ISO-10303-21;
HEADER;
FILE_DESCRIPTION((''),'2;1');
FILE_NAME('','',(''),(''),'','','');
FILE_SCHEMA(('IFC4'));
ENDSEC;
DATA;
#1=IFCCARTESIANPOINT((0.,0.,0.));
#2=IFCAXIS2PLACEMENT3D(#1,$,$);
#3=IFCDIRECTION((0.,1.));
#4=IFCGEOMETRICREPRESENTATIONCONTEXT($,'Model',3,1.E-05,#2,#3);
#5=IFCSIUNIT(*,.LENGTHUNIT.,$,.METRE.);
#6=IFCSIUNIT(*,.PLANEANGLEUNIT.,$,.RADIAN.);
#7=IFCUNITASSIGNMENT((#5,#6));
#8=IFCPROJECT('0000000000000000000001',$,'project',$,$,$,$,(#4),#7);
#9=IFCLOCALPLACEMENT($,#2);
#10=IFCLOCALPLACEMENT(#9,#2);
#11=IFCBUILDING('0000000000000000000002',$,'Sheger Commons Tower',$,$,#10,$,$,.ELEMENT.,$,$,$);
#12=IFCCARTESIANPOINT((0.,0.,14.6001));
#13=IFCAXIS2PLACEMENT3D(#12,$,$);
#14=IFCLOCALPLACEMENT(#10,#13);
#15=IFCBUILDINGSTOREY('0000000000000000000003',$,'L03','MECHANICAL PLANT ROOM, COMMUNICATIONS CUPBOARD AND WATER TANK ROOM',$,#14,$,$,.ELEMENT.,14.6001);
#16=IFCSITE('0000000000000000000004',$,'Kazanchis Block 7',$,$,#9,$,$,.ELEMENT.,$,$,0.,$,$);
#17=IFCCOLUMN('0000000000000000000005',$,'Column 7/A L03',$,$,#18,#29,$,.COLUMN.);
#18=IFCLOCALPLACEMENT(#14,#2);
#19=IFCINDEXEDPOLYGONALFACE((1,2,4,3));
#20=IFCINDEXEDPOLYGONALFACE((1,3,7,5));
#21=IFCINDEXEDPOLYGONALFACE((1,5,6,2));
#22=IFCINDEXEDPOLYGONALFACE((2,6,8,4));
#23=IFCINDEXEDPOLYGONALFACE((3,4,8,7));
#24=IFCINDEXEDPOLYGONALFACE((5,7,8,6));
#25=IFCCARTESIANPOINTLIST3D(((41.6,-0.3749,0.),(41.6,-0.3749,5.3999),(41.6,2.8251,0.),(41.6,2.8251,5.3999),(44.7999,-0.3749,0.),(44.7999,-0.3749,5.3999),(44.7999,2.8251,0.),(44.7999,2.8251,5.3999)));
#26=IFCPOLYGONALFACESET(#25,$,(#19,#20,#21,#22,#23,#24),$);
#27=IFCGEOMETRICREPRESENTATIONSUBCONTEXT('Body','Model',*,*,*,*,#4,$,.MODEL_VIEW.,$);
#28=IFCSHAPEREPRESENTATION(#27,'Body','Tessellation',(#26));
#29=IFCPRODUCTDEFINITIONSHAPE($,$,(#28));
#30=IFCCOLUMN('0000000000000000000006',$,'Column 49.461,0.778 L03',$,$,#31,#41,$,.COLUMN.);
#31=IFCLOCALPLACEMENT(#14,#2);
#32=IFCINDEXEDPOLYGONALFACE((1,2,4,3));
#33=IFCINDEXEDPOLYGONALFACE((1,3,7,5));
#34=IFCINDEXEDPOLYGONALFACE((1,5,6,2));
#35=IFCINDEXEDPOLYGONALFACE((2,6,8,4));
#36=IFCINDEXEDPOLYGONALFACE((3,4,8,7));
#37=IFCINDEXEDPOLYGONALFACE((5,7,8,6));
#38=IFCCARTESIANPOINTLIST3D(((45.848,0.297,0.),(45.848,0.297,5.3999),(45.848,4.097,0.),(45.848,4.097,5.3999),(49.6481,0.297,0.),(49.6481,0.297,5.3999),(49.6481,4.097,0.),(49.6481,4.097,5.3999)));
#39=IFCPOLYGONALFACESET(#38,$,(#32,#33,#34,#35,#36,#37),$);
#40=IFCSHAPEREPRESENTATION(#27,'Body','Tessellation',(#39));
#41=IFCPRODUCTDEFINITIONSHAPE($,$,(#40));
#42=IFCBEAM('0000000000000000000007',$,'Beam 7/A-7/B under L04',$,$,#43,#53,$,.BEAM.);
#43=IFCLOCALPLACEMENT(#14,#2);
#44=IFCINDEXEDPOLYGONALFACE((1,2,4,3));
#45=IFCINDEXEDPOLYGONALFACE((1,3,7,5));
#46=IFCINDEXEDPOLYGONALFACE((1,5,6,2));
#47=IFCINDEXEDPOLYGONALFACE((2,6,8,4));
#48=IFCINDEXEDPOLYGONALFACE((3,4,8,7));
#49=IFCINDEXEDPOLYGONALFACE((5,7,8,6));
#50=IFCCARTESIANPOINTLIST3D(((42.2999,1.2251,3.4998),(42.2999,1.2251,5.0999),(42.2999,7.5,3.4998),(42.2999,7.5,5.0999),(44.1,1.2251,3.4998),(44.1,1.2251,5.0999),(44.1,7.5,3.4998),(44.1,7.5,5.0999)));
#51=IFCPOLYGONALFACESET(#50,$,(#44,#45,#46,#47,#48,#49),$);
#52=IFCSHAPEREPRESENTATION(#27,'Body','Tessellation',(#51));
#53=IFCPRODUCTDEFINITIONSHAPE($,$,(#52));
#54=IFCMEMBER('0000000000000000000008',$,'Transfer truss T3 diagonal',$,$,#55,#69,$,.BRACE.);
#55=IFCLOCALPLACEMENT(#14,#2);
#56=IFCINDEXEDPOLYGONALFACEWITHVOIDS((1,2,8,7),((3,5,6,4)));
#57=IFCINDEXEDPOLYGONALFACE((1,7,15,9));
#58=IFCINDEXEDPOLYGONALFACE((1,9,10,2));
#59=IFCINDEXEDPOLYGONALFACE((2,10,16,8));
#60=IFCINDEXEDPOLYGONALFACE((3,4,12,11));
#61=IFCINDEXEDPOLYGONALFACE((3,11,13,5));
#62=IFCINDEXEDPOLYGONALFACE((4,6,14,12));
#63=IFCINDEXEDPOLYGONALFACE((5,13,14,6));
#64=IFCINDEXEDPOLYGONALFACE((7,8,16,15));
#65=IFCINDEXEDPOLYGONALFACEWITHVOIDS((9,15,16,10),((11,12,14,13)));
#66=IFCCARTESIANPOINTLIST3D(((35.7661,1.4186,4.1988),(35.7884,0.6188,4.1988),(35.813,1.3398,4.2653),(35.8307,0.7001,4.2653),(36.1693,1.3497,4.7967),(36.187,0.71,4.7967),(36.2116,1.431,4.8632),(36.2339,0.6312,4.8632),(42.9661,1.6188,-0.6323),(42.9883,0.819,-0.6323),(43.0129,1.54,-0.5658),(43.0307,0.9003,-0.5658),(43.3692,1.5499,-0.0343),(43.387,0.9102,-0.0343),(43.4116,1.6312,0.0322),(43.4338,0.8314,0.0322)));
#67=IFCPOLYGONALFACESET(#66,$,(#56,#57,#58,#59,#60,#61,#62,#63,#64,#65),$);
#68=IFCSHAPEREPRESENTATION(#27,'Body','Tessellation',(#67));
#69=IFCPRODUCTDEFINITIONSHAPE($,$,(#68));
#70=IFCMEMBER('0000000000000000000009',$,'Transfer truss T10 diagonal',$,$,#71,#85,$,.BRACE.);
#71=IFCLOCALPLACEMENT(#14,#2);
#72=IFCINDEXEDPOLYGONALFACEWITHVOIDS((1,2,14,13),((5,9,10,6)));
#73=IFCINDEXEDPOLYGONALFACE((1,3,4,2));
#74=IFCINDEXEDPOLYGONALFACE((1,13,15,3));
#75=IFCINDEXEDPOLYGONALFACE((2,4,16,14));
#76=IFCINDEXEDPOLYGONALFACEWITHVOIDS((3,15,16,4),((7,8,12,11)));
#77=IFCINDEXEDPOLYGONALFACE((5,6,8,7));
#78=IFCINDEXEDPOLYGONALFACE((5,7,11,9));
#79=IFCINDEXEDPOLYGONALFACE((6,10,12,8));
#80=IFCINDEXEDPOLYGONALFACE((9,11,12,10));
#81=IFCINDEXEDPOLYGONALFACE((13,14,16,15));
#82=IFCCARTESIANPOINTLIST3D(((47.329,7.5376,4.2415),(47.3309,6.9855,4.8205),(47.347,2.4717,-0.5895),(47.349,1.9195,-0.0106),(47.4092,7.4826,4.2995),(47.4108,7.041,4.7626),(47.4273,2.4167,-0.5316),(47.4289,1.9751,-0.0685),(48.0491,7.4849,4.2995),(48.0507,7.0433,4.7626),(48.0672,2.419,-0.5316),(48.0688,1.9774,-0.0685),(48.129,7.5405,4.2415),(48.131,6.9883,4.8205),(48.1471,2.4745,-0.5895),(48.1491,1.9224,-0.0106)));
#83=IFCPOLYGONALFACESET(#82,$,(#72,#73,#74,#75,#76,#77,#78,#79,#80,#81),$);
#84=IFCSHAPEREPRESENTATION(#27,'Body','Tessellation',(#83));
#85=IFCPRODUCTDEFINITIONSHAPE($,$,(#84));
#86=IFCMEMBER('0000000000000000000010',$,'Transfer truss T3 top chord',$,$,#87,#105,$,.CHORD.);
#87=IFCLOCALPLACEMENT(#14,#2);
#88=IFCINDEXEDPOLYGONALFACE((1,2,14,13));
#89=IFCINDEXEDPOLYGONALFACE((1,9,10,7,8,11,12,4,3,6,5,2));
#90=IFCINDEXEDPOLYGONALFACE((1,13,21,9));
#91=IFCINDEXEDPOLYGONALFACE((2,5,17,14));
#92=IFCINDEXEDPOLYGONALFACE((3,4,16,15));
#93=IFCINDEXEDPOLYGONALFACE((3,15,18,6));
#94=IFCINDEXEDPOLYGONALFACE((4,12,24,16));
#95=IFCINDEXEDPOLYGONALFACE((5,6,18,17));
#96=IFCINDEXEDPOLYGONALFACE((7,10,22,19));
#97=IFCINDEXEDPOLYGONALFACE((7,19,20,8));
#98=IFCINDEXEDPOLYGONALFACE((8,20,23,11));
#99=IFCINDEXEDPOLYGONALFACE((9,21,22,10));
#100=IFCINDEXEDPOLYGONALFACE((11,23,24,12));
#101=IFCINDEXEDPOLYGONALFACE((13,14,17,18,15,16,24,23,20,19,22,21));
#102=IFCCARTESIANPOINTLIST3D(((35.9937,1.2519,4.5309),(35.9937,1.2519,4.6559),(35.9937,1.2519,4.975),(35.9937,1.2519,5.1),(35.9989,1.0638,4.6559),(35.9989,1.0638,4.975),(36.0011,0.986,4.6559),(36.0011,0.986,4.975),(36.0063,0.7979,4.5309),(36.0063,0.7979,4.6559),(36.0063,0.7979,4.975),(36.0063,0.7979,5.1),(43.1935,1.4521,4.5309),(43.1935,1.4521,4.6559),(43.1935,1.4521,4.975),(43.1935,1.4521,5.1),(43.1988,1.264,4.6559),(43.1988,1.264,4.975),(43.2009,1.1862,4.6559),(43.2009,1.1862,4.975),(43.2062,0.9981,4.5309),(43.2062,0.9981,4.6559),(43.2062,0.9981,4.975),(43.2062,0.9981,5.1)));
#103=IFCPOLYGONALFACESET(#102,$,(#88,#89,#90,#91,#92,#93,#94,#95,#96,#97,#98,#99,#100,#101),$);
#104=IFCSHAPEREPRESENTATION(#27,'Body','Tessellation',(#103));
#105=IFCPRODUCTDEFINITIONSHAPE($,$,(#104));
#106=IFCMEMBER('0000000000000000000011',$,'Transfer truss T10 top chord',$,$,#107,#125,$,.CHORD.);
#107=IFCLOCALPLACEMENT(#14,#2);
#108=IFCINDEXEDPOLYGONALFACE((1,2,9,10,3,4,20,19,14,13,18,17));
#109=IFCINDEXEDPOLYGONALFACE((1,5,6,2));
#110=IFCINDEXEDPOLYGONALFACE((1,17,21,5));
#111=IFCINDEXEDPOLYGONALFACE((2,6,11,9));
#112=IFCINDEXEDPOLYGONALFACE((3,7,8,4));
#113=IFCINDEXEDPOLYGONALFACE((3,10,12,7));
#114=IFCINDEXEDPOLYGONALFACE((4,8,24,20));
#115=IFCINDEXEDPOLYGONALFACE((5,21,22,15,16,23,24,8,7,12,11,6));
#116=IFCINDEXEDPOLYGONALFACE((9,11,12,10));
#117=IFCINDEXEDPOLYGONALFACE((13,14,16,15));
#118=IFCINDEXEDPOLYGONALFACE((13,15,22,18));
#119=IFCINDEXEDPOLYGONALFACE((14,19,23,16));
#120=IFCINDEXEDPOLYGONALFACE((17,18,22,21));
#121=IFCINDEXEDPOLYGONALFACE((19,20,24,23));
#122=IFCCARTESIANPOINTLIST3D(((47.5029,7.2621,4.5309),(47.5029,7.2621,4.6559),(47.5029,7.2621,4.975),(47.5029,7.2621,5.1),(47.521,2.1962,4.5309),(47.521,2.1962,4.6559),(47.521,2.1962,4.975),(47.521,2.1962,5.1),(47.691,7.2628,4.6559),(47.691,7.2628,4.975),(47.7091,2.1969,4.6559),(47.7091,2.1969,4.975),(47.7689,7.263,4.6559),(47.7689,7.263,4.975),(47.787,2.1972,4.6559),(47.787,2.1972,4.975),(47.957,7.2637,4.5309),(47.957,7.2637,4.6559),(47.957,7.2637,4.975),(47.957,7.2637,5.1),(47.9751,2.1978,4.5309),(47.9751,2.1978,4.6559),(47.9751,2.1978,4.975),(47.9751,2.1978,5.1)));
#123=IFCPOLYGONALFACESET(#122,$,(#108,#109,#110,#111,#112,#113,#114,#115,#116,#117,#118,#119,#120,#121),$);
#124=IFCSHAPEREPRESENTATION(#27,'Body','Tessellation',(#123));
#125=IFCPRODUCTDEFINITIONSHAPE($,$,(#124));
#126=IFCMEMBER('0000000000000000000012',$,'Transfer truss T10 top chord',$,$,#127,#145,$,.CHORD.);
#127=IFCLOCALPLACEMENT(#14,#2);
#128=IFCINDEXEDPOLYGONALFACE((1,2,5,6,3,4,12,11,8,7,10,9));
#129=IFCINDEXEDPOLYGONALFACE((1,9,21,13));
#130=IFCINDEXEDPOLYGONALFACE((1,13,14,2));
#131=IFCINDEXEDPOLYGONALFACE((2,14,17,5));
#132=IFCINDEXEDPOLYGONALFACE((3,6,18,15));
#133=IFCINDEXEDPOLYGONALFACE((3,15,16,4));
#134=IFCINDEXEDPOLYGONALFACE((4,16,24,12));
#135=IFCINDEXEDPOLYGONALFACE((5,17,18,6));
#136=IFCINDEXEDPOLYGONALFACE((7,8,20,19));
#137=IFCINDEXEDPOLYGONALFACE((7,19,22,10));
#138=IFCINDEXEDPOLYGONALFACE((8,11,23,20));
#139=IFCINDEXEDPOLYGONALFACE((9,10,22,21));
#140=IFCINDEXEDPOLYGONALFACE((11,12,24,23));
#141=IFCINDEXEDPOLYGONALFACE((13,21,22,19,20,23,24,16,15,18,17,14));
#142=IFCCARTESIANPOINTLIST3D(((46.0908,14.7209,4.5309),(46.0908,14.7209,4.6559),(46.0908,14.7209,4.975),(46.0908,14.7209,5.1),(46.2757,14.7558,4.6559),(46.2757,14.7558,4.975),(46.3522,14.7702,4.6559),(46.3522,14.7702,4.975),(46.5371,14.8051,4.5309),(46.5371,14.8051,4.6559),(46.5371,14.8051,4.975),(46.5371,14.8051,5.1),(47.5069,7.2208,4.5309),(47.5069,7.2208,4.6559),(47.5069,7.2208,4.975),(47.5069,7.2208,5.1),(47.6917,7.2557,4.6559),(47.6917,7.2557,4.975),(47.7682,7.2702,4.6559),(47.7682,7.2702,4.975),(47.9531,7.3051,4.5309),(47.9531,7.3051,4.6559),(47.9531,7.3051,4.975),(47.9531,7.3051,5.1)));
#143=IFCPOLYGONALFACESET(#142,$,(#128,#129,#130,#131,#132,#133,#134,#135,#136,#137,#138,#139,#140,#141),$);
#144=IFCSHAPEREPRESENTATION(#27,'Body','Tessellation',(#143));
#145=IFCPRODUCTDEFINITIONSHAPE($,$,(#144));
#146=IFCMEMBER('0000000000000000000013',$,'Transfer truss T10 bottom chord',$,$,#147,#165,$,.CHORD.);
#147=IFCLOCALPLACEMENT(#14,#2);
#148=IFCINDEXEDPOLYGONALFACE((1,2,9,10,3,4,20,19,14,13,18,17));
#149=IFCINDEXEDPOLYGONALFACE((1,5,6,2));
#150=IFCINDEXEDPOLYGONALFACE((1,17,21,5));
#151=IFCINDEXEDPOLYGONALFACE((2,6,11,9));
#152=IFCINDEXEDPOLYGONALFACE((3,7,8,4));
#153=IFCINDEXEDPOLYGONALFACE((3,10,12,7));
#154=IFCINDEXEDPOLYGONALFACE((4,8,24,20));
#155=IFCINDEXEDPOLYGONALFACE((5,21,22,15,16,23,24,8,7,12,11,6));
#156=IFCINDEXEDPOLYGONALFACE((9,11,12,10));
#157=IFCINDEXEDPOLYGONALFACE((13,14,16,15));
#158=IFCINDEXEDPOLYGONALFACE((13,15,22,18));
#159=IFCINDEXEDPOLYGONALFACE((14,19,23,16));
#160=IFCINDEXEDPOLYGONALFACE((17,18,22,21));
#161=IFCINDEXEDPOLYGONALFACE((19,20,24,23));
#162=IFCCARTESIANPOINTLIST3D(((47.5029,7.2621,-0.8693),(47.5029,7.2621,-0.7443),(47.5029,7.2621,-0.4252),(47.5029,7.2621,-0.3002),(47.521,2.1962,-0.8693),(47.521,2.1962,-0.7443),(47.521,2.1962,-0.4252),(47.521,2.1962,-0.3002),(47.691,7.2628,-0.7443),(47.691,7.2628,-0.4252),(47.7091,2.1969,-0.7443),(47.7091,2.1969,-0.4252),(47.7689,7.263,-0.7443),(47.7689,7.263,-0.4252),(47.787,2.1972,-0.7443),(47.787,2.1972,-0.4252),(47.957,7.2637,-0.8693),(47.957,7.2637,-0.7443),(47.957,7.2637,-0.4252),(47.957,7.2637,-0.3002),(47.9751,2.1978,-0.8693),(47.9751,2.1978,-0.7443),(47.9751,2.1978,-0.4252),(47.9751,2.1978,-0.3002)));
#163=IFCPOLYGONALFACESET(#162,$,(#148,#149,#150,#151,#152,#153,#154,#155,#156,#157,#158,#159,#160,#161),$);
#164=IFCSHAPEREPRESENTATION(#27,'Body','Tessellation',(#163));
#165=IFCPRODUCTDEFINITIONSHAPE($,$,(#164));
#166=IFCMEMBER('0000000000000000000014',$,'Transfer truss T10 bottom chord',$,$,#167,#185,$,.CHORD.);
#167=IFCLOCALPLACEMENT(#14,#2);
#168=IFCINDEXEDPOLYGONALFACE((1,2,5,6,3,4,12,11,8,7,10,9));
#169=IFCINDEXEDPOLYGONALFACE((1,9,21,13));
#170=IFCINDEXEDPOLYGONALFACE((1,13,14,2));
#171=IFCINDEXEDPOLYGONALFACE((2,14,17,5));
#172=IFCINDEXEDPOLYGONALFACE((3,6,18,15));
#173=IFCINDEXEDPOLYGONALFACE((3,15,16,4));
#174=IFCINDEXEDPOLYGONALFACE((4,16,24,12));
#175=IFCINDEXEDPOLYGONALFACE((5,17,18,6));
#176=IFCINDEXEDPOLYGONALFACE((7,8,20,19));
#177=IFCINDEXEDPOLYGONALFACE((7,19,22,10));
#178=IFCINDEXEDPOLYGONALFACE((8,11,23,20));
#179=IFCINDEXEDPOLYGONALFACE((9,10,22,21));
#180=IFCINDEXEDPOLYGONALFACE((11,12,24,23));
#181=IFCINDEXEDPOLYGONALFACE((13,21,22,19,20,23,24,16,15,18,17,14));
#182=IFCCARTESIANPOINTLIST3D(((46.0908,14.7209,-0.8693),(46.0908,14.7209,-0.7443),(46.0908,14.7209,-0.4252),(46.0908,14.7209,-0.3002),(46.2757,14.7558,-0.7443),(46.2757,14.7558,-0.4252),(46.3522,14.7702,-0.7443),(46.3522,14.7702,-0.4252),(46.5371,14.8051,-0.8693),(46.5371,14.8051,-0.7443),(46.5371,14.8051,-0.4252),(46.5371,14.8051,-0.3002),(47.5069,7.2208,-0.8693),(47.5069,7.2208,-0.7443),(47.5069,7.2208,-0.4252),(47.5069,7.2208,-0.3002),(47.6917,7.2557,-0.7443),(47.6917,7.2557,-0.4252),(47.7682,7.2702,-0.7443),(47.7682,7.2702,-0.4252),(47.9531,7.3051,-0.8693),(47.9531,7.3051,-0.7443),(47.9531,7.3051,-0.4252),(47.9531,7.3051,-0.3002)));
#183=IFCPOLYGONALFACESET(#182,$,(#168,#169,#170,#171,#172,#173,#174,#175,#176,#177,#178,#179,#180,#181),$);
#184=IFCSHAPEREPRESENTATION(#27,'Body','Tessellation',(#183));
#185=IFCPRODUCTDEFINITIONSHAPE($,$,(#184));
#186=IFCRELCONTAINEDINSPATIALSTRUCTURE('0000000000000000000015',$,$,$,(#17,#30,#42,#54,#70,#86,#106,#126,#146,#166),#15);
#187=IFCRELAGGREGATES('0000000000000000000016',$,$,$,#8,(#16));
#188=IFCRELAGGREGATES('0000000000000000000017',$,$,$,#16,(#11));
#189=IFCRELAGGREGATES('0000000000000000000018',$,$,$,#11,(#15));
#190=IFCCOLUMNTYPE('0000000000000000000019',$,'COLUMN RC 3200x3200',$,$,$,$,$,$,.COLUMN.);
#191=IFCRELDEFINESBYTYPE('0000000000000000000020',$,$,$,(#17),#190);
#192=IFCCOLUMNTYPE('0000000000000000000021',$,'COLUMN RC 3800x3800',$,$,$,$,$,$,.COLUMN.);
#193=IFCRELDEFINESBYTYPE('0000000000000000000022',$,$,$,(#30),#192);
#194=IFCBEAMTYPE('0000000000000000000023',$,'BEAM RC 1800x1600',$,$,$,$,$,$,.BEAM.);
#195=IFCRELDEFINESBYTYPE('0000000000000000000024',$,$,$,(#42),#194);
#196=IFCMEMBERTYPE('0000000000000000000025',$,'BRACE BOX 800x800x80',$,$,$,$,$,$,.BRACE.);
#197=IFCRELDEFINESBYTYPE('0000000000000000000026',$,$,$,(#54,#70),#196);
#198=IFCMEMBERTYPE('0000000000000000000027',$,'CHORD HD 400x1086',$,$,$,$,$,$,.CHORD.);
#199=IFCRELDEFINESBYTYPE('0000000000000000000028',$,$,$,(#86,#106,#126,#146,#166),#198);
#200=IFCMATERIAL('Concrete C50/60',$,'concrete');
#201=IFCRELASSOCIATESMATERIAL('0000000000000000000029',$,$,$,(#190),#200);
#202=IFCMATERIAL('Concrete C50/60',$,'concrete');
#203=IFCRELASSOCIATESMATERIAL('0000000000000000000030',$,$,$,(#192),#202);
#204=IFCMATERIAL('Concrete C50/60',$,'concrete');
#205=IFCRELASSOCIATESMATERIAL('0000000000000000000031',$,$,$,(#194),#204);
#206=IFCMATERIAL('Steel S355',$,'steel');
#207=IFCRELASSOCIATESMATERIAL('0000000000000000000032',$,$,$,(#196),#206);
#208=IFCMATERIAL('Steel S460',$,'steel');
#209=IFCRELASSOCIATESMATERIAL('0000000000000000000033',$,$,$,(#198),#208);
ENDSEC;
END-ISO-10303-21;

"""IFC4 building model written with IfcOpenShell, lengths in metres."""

from ifc_helpers import new_model, si_unit, direction, frame, origin, origin_2d, place, context, subcontext, project, spatial, rectangle, hollow_rectangle, i_section, extrude, material, material_profile, profile_set, type_object, element, save


model = new_model("IFC4")

# Units and contexts
model_context = context("Model", 3, precision=1e-05, world=origin(), true_north=direction((0.0, 1.0)))
body_context = subcontext(model_context, "Body", "Model", "MODEL_VIEW")
ifc_project = project(units=[si_unit("LENGTHUNIT", "METRE"), si_unit("PLANEANGLEUNIT", "RADIAN")], contexts=[model_context])

# Site, building, storey
site_placement = place(None, origin())
site = spatial("IfcSite", under=ifc_project, at=site_placement, Name="Kazanchis Block 7", CompositionType="ELEMENT", RefElevation=0.0)
building_placement = place(site_placement, origin())
building = spatial("IfcBuilding", under=site, at=building_placement, Name="Sheger Commons Tower", CompositionType="ELEMENT")
storey_placement = place(building_placement, frame((0.0, 0.0, 14.6001)))
storey = spatial("IfcBuildingStorey", under=building, at=storey_placement, Name="L03", Description="MECHANICAL PLANT ROOM, COMMUNICATIONS CUPBOARD AND WATER TANK ROOM", CompositionType="ELEMENT", Elevation=14.6001)

# Columns
ifc_material_1 = material(Name="Concrete C50/60", Category="concrete")
ifc_material_profile_1 = material_profile(ifc_material_1, rectangle(XDim=3.2, YDim=3.2, at=origin_2d()), Name="RC 3200x3200")
ifc_profile_set_1 = profile_set([ifc_material_profile_1], Name="Concrete C50/60")
column_type_1 = type_object("IfcColumnType", Name="COLUMN RC 3200x3200", PredefinedType="COLUMN", material=ifc_profile_set_1)
column_1_placement = place(storey_placement, frame((43.2, 1.2251, 0.0), z_axis=(0.0, 0.0, 1.0), x_axis=(1.0, 0.0, 0.0)))
element("IfcColumn", 1, at=column_1_placement, inside=storey, type_object=column_type_1, Name="Column 7/A L03", PredefinedType="COLUMN", context=body_context, shape_type="SweptSolid", body=[
    extrude(rectangle(XDim=3.2, YDim=3.2, at=origin_2d()), origin(), (0.0, 0.0, 1.0), 5.3999),
])
ifc_material_2 = material(Name="Concrete C50/60", Category="concrete")
ifc_material_profile_2 = material_profile(ifc_material_2, rectangle(XDim=3.8, YDim=3.8, at=origin_2d()), Name="RC 3800x3800")
ifc_profile_set_2 = profile_set([ifc_material_profile_2], Name="Concrete C50/60")
column_type_2 = type_object("IfcColumnType", Name="COLUMN RC 3800x3800", PredefinedType="COLUMN", material=ifc_profile_set_2)
column_2_placement = place(storey_placement, frame((47.748, 2.197, 0.0), z_axis=(0.0, 0.0, 1.0), x_axis=(1.0, 0.0, 0.0)))
element("IfcColumn", 2, at=column_2_placement, inside=storey, type_object=column_type_2, Name="Column 49.461,0.778 L03", PredefinedType="COLUMN", context=body_context, shape_type="SweptSolid", body=[
    extrude(rectangle(XDim=3.8, YDim=3.8, at=origin_2d()), origin(), (0.0, 0.0, 1.0), 5.3999),
])

# Beam
ifc_material_3 = material(Name="Concrete C50/60", Category="concrete")
ifc_material_profile_3 = material_profile(ifc_material_3, rectangle(XDim=1.8, YDim=1.6001, at=origin_2d()), Name="RC 1800x1600")
ifc_profile_set_3 = profile_set([ifc_material_profile_3], Name="Concrete C50/60")
beam_type = type_object("IfcBeamType", Name="BEAM RC 1800x1600", PredefinedType="BEAM", material=ifc_profile_set_3)
beam_placement = place(storey_placement, frame((43.2, 1.2251, 4.2998), z_axis=(0.0, 1.0, 0.0), x_axis=(-1.0, 0.0, 0.0)))
element("IfcBeam", 3, at=beam_placement, inside=storey, type_object=beam_type, Name="Beam 7/A-7/B under L04", PredefinedType="BEAM", context=body_context, shape_type="SweptSolid", body=[
    extrude(rectangle(XDim=1.8, YDim=1.6001, at=origin_2d()), origin(), (0.0, 0.0, 1.0), 6.2749),
])

# Members
ifc_material_4 = material(Name="Steel S355", Category="steel")
ifc_material_profile_4 = material_profile(ifc_material_4, hollow_rectangle(XDim=0.8, YDim=0.8, WallThickness=0.0801, at=origin_2d()), Name="BOX 800x800x80")
ifc_profile_set_4 = profile_set([ifc_material_profile_4], Name="Steel S355")
member_type_1 = type_object("IfcMemberType", Name="BRACE BOX 800x800x80", PredefinedType="BRACE", material=ifc_profile_set_4)
member_1_placement = place(storey_placement, frame((43.2, 1.2251, -0.3), z_axis=(-0.830171, -0.023083, 0.557031), x_axis=(0.027794, -0.999614, 0.0)))
element("IfcMember", 4, at=member_1_placement, inside=storey, type_object=member_type_1, Name="Transfer truss T3 diagonal", PredefinedType="BRACE", context=body_context, shape_type="SweptSolid", body=[
    extrude(hollow_rectangle(XDim=0.8, YDim=0.8, WallThickness=0.0801, at=origin_2d()), origin(), (0.0, 0.0, 1.0), 8.6729),
])
member_2_placement = place(storey_placement, frame((47.748, 2.197, -0.3), z_axis=(-0.002581, 0.723681, 0.69013), x_axis=(-0.999994, -0.003566, 0.0)))
element("IfcMember", 5, at=member_2_placement, inside=storey, type_object=member_type_1, Name="Transfer truss T10 diagonal", PredefinedType="BRACE", context=body_context, shape_type="SweptSolid", body=[
    extrude(hollow_rectangle(XDim=0.8, YDim=0.8, WallThickness=0.0801, at=origin_2d()), origin(), (0.0, 0.0, 1.0), 7.0002),
])
ifc_material_5 = material(Name="Steel S460", Category="steel")
ifc_material_profile_5 = material_profile(ifc_material_5, i_section(OverallWidth=0.4541, OverallDepth=0.5691, WebThickness=0.0779, FlangeThickness=0.125, at=origin_2d()), Name="HD 400x1086")
ifc_profile_set_5 = profile_set([ifc_material_profile_5], Name="Steel S460")
member_type_2 = type_object("IfcMemberType", Name="CHORD HD 400x1086", PredefinedType="CHORD", material=ifc_profile_set_5)
member_3_placement = place(storey_placement, frame((36.0, 1.0249, 4.8154), z_axis=(0.999614, 0.027794, 0.0), x_axis=(-0.027794, 0.999614, 0.0)))
element("IfcMember", 6, at=member_3_placement, inside=storey, type_object=member_type_2, Name="Transfer truss T3 top chord", PredefinedType="CHORD", context=body_context, shape_type="SweptSolid", body=[
    extrude(i_section(OverallWidth=0.4541, OverallDepth=0.5691, WebThickness=0.0779, FlangeThickness=0.125, at=origin_2d()), origin(), (0.0, 0.0, 1.0), 7.2026),
])
member_4_placement = place(storey_placement, frame((47.748, 2.197, 4.8154), z_axis=(-0.003566, 0.999994, 0.0), x_axis=(-0.999994, -0.003566, 0.0)))
element("IfcMember", 7, at=member_4_placement, inside=storey, type_object=member_type_2, Name="Transfer truss T10 top chord", PredefinedType="CHORD", context=body_context, shape_type="SweptSolid", body=[
    extrude(i_section(OverallWidth=0.4541, OverallDepth=0.5691, WebThickness=0.0779, FlangeThickness=0.125, at=origin_2d()), origin(), (0.0, 0.0, 1.0), 5.0659),
])
member_5_placement = place(storey_placement, frame((47.73, 7.2629, 4.8154), z_axis=(-0.185524, 0.98264, 0.0), x_axis=(-0.98264, -0.185524, 0.0)))
element("IfcMember", 8, at=member_5_placement, inside=storey, type_object=member_type_2, Name="Transfer truss T10 top chord", PredefinedType="CHORD", context=body_context, shape_type="SweptSolid", body=[
    extrude(i_section(OverallWidth=0.4541, OverallDepth=0.5691, WebThickness=0.0779, FlangeThickness=0.125, at=origin_2d()), origin(), (0.0, 0.0, 1.0), 7.6326),
])
member_6_placement = place(storey_placement, frame((47.748, 2.197, -0.5847), z_axis=(-0.003566, 0.999994, 0.0), x_axis=(-0.999994, -0.003566, 0.0)))
element("IfcMember", 9, at=member_6_placement, inside=storey, type_object=member_type_2, Name="Transfer truss T10 bottom chord", PredefinedType="CHORD", context=body_context, shape_type="SweptSolid", body=[
    extrude(i_section(OverallWidth=0.4541, OverallDepth=0.5691, WebThickness=0.0779, FlangeThickness=0.125, at=origin_2d()), origin(), (0.0, 0.0, 1.0), 5.0659),
])
member_7_placement = place(storey_placement, frame((47.73, 7.2629, -0.5847), z_axis=(-0.185524, 0.98264, 0.0), x_axis=(-0.98264, -0.185524, 0.0)))
element("IfcMember", 10, at=member_7_placement, inside=storey, type_object=member_type_2, Name="Transfer truss T10 bottom chord", PredefinedType="CHORD", context=body_context, shape_type="SweptSolid", body=[
    extrude(i_section(OverallWidth=0.4541, OverallDepth=0.5691, WebThickness=0.0779, FlangeThickness=0.125, at=origin_2d()), origin(), (0.0, 0.0, 1.0), 7.6326),
])

save(model, "model.ifc")
